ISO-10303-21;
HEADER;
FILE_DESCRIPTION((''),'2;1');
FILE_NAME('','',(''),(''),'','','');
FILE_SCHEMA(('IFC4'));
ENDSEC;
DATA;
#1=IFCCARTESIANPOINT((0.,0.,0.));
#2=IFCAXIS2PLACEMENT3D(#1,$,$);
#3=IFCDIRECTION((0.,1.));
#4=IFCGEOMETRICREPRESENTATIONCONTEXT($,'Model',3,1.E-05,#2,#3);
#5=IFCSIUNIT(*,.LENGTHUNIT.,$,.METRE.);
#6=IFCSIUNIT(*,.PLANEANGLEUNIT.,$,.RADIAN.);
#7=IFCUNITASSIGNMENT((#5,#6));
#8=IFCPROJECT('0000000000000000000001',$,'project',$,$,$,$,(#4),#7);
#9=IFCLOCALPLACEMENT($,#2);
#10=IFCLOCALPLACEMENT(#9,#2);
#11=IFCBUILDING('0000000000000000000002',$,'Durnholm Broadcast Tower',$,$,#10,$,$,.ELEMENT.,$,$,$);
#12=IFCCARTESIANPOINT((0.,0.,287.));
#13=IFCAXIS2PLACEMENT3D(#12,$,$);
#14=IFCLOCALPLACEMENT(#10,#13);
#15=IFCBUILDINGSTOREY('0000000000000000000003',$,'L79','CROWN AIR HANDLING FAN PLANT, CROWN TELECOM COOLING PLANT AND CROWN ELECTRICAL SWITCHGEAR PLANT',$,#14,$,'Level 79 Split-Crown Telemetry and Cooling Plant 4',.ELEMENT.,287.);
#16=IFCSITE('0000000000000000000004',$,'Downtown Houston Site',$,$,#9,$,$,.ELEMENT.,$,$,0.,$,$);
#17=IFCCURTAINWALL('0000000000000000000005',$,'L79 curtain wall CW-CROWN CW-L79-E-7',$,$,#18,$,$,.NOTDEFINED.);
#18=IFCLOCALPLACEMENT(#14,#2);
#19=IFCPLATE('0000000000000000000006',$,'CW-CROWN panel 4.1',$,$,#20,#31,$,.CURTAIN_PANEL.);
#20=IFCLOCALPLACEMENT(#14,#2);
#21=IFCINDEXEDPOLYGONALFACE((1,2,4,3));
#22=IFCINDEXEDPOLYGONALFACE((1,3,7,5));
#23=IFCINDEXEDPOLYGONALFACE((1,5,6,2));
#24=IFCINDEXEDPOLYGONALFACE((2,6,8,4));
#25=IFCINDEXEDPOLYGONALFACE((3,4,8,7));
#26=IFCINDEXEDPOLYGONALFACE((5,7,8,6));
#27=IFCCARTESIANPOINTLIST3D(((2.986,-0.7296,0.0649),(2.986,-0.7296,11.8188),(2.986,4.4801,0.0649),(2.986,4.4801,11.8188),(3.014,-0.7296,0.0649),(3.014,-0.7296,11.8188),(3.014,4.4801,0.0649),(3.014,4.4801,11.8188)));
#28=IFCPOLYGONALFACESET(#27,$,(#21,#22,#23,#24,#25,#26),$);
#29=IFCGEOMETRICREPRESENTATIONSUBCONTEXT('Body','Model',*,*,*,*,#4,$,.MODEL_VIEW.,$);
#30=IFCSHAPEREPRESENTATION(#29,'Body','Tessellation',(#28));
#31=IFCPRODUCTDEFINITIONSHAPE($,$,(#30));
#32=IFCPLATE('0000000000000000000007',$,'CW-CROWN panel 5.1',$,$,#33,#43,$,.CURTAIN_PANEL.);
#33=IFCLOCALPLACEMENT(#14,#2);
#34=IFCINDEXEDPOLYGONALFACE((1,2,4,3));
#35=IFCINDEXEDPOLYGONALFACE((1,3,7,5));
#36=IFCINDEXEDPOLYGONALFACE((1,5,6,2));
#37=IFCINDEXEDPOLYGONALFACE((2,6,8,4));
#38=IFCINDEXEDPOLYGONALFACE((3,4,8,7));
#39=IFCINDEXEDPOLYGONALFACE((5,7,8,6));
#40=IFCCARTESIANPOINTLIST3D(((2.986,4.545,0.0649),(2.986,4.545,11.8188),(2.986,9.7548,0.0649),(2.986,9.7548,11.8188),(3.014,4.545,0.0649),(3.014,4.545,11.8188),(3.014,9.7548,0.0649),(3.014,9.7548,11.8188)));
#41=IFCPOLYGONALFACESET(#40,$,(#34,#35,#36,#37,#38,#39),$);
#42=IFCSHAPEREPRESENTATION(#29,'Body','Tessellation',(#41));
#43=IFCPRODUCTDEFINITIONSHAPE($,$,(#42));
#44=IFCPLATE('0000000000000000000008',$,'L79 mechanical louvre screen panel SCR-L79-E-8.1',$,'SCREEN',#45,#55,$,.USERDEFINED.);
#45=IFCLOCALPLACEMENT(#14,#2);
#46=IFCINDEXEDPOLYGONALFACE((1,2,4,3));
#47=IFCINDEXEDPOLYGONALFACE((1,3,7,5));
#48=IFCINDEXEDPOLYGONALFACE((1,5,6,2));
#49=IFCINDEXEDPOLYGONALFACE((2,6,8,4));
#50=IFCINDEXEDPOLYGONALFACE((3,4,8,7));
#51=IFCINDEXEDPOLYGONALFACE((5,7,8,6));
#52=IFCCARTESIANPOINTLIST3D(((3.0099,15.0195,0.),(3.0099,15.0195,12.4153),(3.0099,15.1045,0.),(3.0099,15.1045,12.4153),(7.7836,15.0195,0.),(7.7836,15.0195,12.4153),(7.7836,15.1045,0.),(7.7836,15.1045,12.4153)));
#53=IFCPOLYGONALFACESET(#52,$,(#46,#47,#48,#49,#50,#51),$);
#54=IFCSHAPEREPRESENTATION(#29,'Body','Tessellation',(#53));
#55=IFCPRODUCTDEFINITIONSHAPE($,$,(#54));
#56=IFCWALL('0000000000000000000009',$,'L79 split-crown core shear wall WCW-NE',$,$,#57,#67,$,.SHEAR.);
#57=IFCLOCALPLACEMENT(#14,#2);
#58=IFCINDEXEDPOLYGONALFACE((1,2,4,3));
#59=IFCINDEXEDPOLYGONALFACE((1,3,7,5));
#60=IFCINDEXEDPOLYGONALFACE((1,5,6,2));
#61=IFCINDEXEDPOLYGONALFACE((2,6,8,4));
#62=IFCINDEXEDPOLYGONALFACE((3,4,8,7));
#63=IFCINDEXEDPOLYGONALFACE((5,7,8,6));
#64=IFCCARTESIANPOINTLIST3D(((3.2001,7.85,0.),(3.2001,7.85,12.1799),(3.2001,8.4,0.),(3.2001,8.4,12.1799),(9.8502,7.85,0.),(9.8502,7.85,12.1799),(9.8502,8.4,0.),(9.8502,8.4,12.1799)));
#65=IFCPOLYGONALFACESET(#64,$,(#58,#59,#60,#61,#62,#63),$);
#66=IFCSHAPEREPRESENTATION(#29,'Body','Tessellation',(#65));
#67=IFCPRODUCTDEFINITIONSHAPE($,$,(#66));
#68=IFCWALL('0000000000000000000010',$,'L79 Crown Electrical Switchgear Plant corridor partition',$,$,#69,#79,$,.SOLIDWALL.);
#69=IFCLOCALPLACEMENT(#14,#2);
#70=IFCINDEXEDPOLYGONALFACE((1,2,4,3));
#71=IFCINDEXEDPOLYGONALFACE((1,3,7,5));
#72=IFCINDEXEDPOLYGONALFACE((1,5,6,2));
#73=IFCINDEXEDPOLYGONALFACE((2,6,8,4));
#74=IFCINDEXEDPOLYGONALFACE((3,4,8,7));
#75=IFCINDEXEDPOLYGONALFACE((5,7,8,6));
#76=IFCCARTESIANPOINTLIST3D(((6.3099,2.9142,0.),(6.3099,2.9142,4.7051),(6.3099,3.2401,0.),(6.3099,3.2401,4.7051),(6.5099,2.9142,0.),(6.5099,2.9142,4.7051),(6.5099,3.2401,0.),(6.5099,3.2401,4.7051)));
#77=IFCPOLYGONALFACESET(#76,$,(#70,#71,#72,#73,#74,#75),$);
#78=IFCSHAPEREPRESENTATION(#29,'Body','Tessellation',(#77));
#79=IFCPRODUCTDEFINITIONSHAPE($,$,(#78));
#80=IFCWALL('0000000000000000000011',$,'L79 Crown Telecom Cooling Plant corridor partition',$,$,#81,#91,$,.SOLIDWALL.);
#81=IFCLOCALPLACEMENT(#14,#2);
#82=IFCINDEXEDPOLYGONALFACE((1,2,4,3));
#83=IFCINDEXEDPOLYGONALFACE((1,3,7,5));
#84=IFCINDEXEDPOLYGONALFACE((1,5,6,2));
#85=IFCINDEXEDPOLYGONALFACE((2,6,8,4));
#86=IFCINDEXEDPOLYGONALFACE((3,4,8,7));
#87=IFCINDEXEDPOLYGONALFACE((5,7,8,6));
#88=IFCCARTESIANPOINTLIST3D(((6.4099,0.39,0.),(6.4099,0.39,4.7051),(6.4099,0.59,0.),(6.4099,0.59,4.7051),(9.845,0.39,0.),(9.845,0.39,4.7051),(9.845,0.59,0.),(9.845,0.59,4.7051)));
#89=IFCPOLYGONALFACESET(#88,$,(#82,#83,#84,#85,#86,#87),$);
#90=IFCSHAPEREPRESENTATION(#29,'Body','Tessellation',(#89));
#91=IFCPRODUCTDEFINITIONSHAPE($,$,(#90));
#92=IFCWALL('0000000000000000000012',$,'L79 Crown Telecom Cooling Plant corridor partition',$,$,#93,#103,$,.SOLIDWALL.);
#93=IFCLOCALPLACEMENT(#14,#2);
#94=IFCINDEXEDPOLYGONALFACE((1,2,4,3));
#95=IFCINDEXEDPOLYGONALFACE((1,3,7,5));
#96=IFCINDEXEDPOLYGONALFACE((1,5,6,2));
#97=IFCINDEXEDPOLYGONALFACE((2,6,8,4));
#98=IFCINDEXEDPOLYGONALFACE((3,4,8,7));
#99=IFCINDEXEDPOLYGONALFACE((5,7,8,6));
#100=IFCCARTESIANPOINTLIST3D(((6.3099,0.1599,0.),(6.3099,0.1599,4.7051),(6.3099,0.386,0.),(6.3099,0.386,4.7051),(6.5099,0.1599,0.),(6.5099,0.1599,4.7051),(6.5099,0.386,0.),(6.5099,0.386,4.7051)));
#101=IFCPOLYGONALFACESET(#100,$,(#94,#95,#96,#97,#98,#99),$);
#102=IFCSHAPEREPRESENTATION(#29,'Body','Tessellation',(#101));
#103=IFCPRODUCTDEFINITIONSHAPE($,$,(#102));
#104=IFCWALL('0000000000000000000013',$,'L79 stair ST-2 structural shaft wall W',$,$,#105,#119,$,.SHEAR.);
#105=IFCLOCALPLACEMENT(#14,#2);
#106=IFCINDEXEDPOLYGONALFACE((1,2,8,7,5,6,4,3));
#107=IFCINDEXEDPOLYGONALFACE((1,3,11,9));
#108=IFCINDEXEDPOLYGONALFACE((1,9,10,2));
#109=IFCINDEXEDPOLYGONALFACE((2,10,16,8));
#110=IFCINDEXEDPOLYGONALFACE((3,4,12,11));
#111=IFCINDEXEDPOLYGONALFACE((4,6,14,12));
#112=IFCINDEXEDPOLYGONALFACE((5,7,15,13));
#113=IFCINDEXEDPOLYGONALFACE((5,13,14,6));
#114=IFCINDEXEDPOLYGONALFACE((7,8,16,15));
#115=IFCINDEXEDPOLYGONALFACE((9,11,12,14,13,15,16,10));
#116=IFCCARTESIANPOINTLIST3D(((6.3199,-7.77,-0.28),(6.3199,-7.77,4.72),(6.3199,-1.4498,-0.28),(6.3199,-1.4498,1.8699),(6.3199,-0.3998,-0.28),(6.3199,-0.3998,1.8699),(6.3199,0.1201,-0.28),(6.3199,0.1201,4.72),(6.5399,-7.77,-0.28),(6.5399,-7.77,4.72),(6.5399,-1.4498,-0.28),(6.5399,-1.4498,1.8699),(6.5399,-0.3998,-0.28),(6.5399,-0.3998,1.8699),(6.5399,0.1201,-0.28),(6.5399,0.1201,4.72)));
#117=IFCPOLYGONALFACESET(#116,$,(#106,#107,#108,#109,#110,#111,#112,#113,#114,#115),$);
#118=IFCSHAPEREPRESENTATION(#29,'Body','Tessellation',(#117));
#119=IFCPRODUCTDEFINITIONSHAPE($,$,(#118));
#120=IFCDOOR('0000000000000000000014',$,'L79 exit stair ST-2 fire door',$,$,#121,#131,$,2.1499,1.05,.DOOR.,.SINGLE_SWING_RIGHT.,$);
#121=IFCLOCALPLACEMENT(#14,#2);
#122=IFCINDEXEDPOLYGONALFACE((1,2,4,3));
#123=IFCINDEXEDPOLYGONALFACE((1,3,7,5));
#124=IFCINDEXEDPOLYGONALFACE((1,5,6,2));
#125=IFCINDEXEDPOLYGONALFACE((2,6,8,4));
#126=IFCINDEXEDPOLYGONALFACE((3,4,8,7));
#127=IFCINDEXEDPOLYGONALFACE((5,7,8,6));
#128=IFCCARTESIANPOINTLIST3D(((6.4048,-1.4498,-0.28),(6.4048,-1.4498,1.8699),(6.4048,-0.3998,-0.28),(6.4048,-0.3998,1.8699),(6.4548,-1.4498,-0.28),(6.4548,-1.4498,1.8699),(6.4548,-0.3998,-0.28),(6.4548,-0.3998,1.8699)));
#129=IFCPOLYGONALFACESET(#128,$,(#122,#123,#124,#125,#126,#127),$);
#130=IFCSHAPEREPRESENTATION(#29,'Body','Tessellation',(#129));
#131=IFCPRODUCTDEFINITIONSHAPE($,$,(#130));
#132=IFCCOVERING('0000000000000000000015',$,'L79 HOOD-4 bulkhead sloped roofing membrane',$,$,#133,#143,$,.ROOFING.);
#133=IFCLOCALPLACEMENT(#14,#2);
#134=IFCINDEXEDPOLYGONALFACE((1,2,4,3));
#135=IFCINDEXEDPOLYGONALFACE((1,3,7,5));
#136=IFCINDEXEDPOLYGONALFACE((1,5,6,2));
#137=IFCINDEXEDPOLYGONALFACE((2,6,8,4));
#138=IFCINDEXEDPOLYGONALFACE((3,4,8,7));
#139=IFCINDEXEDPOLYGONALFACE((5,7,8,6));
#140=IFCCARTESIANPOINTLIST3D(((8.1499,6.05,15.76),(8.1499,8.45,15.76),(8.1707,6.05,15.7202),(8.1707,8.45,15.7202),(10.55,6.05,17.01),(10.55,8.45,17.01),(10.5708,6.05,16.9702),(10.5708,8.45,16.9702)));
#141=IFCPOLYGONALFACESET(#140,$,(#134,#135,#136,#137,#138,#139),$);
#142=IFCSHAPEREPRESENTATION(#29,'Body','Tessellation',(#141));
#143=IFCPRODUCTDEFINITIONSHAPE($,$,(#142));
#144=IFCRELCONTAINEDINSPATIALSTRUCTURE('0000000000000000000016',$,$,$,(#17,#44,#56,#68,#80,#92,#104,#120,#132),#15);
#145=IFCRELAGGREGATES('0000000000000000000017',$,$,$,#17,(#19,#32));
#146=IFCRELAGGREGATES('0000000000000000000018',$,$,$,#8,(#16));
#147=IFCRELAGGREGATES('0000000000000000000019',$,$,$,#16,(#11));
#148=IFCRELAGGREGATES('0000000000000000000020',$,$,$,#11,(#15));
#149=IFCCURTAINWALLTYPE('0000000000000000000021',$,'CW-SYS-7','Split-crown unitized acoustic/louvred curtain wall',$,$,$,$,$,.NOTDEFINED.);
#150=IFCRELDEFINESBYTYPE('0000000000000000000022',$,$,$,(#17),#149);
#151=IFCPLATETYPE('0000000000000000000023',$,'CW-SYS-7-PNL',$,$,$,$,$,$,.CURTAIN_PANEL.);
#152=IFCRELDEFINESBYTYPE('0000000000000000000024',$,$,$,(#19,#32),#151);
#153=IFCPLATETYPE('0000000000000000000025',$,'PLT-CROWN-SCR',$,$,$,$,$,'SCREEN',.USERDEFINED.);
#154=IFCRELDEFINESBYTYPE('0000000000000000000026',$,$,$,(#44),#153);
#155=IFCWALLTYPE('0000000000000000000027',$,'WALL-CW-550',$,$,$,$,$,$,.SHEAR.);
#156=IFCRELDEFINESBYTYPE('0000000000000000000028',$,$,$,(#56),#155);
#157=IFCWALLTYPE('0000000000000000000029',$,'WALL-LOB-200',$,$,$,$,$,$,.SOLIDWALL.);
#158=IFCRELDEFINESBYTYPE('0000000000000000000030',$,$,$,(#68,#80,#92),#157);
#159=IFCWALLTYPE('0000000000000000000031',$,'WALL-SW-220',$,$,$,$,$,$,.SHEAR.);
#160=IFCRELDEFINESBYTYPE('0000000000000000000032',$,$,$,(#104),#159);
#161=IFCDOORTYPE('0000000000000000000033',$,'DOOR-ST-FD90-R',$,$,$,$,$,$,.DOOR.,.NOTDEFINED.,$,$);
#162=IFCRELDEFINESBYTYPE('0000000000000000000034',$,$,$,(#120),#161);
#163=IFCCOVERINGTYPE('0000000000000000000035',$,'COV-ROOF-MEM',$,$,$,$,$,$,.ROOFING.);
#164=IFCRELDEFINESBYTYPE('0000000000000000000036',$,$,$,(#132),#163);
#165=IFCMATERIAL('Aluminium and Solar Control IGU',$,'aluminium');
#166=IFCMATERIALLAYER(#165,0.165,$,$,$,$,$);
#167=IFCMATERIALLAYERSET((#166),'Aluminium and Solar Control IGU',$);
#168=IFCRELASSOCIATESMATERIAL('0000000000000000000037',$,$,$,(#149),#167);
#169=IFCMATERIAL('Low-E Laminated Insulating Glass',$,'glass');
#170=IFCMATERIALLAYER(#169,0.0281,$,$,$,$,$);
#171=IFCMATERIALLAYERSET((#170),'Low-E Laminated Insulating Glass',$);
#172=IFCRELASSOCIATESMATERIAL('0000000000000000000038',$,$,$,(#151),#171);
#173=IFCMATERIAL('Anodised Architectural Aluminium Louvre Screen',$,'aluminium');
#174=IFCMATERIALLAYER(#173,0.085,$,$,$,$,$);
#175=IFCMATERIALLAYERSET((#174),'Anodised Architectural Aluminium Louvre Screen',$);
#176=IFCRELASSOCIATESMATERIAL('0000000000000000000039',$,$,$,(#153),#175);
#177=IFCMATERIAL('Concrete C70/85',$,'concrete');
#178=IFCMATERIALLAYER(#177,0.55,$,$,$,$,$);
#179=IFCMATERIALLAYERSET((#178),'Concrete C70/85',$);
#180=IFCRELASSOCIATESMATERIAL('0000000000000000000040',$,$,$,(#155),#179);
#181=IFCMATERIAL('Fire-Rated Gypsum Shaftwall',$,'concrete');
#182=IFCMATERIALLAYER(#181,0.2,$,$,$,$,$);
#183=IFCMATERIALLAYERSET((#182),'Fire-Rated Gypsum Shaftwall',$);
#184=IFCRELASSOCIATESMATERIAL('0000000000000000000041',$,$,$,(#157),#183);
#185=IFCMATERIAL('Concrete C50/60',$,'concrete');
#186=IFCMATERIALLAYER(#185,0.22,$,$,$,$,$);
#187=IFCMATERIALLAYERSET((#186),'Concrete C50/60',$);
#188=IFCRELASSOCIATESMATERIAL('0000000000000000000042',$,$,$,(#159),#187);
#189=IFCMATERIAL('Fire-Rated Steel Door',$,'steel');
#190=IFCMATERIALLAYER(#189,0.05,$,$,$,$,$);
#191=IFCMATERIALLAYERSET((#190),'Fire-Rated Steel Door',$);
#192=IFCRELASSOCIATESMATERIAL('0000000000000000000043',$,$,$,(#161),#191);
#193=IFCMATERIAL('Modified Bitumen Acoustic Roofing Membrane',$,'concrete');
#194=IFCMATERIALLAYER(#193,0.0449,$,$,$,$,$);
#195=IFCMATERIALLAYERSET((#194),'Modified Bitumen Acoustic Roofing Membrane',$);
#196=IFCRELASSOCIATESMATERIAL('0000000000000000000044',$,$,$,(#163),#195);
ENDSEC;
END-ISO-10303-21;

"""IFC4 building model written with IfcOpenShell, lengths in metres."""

from ifc_helpers import new_model, si_unit, direction, frame, frame_2d, origin, origin_2d, place, context, subcontext, project, spatial, polyline, rectangle, outline, extrude, source, transform, mapped, material, layer, layer_set, type_object, type_shapes, element, fill, aggregate, save


model = new_model("IFC4")

# Units and contexts
model_context = context("Model", 3, precision=1e-05, world=origin(), true_north=direction((0.0, 1.0)))
body_context = subcontext(model_context, "Body", "Model", "MODEL_VIEW")
ifc_project = project(units=[si_unit("LENGTHUNIT", "METRE"), si_unit("PLANEANGLEUNIT", "RADIAN")], contexts=[model_context])

# Site, building, storey
site_placement = place(None, origin())
site = spatial("IfcSite", under=ifc_project, at=site_placement, Name="Downtown Houston Site", CompositionType="ELEMENT", RefElevation=0.0)
building_placement = place(site_placement, origin())
building = spatial("IfcBuilding", under=site, at=building_placement, Name="Durnholm Broadcast Tower", CompositionType="ELEMENT")
storey_placement = place(building_placement, frame((0.0, 0.0, 287.0)))
storey = spatial("IfcBuildingStorey", under=building, at=storey_placement, Name="L79", Description="CROWN AIR HANDLING FAN PLANT, CROWN TELECOM COOLING PLANT AND CROWN ELECTRICAL SWITCHGEAR PLANT", LongName="Level 79 Split-Crown Telemetry and Cooling Plant 4", CompositionType="ELEMENT", Elevation=287.0)

# Curtain wall
ifc_material_1 = material(Name="Aluminium and Solar Control IGU", Category="aluminium")
ifc_layer_1 = layer(ifc_material_1, 0.165)
ifc_layer_set_1 = layer_set([ifc_layer_1], Name="Aluminium and Solar Control IGU")
curtain_wall_type = type_object("IfcCurtainWallType", Name="CW-SYS-7", Description="Split-crown unitized acoustic/louvred curtain wall", PredefinedType="NOTDEFINED", material=ifc_layer_set_1)
curtain_wall_placement = place(storey_placement, origin())
curtain_wall = element("IfcCurtainWall", 1, at=curtain_wall_placement, inside=storey, type_object=curtain_wall_type, Name="L79 curtain wall CW-CROWN CW-L79-E-7", PredefinedType="NOTDEFINED")

# Shared definitions
ifc_material_2 = material(Name="Concrete C50/60", Category="concrete")

# Plates
ifc_material_3 = material(Name="Low-E Laminated Insulating Glass", Category="glass")
ifc_layer_2 = layer(ifc_material_3, 0.0281)
ifc_layer_set_2 = layer_set([ifc_layer_2], Name="Low-E Laminated Insulating Glass")
plate_type_1 = type_object("IfcPlateType", Name="CW-SYS-7-PNL", PredefinedType="CURTAIN_PANEL", material=ifc_layer_set_2)
shared_shape_1 = source(origin(), body_context, "Body", "SweptSolid", [
    extrude(rectangle(XDim=5.2097, YDim=0.0281, at=origin_2d()), origin(), (0.0, 0.0, 1.0), 11.7539),
])
plate_1_placement = place(storey_placement, frame((3.0, 1.8752, 0.0649), z_axis=(0.0, 0.0, 1.0), x_axis=(0.0, 1.0, 0.0)))
plate_1 = element("IfcPlate", 2, at=plate_1_placement, type_object=plate_type_1, Name="CW-CROWN panel 4.1", PredefinedType="CURTAIN_PANEL", context=body_context, shape_type="MappedRepresentation", body=[
    mapped(shared_shape_1, transform((0.0, 0.0, 0.0), x_axis=(1.0, 0.0, 0.0), y_axis=(0.0, 1.0, 0.0), z_axis=(0.0, 0.0, 1.0), scale=1.0)),
])
plate_2_placement = place(storey_placement, frame((3.0, 7.1499, 0.0649), z_axis=(0.0, 0.0, 1.0), x_axis=(0.0, 1.0, 0.0)))
plate_2 = element("IfcPlate", 3, at=plate_2_placement, type_object=plate_type_1, Name="CW-CROWN panel 5.1", PredefinedType="CURTAIN_PANEL", context=body_context, shape_type="MappedRepresentation", body=[
    mapped(shared_shape_1, transform((0.0, 0.0, 0.0), x_axis=(1.0, 0.0, 0.0), y_axis=(0.0, 1.0, 0.0), z_axis=(0.0, 0.0, 1.0), scale=1.0)),
])
aggregate(curtain_wall, [plate_1, plate_2])
ifc_material_4 = material(Name="Anodised Architectural Aluminium Louvre Screen", Category="aluminium")
ifc_layer_3 = layer(ifc_material_4, 0.085)
ifc_layer_set_3 = layer_set([ifc_layer_3], Name="Anodised Architectural Aluminium Louvre Screen")
plate_type_2 = type_object("IfcPlateType", Name="PLT-CROWN-SCR", ElementType="SCREEN", PredefinedType="USERDEFINED", material=ifc_layer_set_3)
shared_shape_2 = source(origin(), body_context, "Body", "SweptSolid", [
    extrude(rectangle(XDim=4.7737, YDim=0.085, at=origin_2d()), origin(), (0.0, 0.0, 1.0), 12.4153),
])
type_shapes(plate_type_2, [shared_shape_2])
plate_3_placement = place(storey_placement, frame((5.3967, 15.062, 0.0), z_axis=(0.0, 0.0, 1.0), x_axis=(1.0, 0.0, 0.0)))
element("IfcPlate", 4, at=plate_3_placement, inside=storey, type_object=plate_type_2, Name="L79 mechanical louvre screen panel SCR-L79-E-8.1", ObjectType="SCREEN", PredefinedType="USERDEFINED", context=body_context, shape_type="MappedRepresentation", body=[
    mapped(shared_shape_2, transform((0.0, 0.0, 0.0), x_axis=(1.0, 0.0, 0.0), y_axis=(0.0, 1.0, 0.0), z_axis=(0.0, 0.0, 1.0), scale=1.0)),
])

# Walls
ifc_material_5 = material(Name="Concrete C70/85", Category="concrete")
ifc_layer_4 = layer(ifc_material_5, 0.55)
ifc_layer_set_4 = layer_set([ifc_layer_4], Name="Concrete C70/85")
wall_type_1 = type_object("IfcWallType", Name="WALL-CW-550", PredefinedType="SHEAR", material=ifc_layer_set_4)
wall_1_placement = place(storey_placement, frame((3.2, 8.125, 0.0), z_axis=(0.0, 0.0, 1.0), x_axis=(1.0, 0.0, 0.0)))
element("IfcWall", 5, at=wall_1_placement, inside=storey, type_object=wall_type_1, Name="L79 split-crown core shear wall WCW-NE", PredefinedType="SHEAR", context=body_context, shape_type="SweptSolid", body=[
    extrude(rectangle(XDim=6.6501, YDim=0.55, at=frame_2d((3.3252, 0.0))), origin(), (0.0, 0.0, 1.0), 12.1799),
])
ifc_material_6 = material(Name="Fire-Rated Gypsum Shaftwall", Category="concrete")
ifc_layer_5 = layer(ifc_material_6, 0.2)
ifc_layer_set_5 = layer_set([ifc_layer_5], Name="Fire-Rated Gypsum Shaftwall")
wall_type_2 = type_object("IfcWallType", Name="WALL-LOB-200", PredefinedType="SOLIDWALL", material=ifc_layer_set_5)
wall_2_placement = place(storey_placement, frame((6.4099, 2.9141, 0.0), z_axis=(0.0, 0.0, 1.0), x_axis=(0.0, 1.0, 0.0)))
element("IfcWall", 6, at=wall_2_placement, inside=storey, type_object=wall_type_2, Name="L79 Crown Electrical Switchgear Plant corridor partition", PredefinedType="SOLIDWALL", context=body_context, shape_type="SweptSolid", body=[
    extrude(rectangle(XDim=0.3259, YDim=0.2, at=frame_2d((0.1631, 0.0))), origin(), (0.0, 0.0, 1.0), 4.7051),
])
wall_3_placement = place(storey_placement, frame((6.4099, 0.49, 0.0), z_axis=(0.0, 0.0, 1.0), x_axis=(1.0, 0.0, 0.0)))
element("IfcWall", 7, at=wall_3_placement, inside=storey, type_object=wall_type_2, Name="L79 Crown Telecom Cooling Plant corridor partition", PredefinedType="SOLIDWALL", context=body_context, shape_type="SweptSolid", body=[
    extrude(rectangle(XDim=3.4351, YDim=0.2, at=frame_2d((1.7175, 0.0))), origin(), (0.0, 0.0, 1.0), 4.7051),
])
wall_4_placement = place(storey_placement, frame((6.4099, 0.1599, 0.0), z_axis=(0.0, 0.0, 1.0), x_axis=(0.0, 1.0, 0.0)))
element("IfcWall", 8, at=wall_4_placement, inside=storey, type_object=wall_type_2, Name="L79 Crown Telecom Cooling Plant corridor partition", PredefinedType="SOLIDWALL", context=body_context, shape_type="SweptSolid", body=[
    extrude(rectangle(XDim=0.2261, YDim=0.2, at=frame_2d((0.113, 0.0))), origin(), (0.0, 0.0, 1.0), 4.7051),
])

# Wall, opening, door
ifc_layer_6 = layer(ifc_material_2, 0.22)
ifc_layer_set_6 = layer_set([ifc_layer_6], Name="Concrete C50/60")
wall_type_3 = type_object("IfcWallType", Name="WALL-SW-220", PredefinedType="SHEAR", material=ifc_layer_set_6)
wall_5_placement = place(storey_placement, frame((6.4299, 0.1201, -0.28), z_axis=(0.0, 0.0, 1.0), x_axis=(0.0, -1.0, 0.0)))
wall_5 = element("IfcWall", 9, at=wall_5_placement, inside=storey, type_object=wall_type_3, Name="L79 stair ST-2 structural shaft wall W", PredefinedType="SHEAR", context=body_context, shape_type="SweptSolid", body=[
    extrude(rectangle(XDim=7.8901, YDim=0.22, at=frame_2d((3.9451, 0.0))), origin(), (0.0, 0.0, 1.0), 5.0),
])
opening_1_placement = place(wall_5_placement, frame((0.52, 0.0, 0.0)))
opening_1 = element("IfcOpeningElement", 10, at=opening_1_placement, cuts=wall_5, PredefinedType="OPENING", context=body_context, shape_type="SweptSolid", body=[
    extrude(rectangle(XDim=1.05, YDim=2.1499, at=frame_2d((0.5249, 1.075))), frame((0.0, 0.1201, 0.0), z_axis=(0.0, -1.0, 0.0), x_axis=(1.0, 0.0, 0.0)), (0.0, 0.0, 1.0), 0.24),
])
ifc_material_7 = material(Name="Fire-Rated Steel Door", Category="steel")
ifc_layer_7 = layer(ifc_material_7, 0.05)
ifc_layer_set_7 = layer_set([ifc_layer_7], Name="Fire-Rated Steel Door")
door_type = type_object("IfcDoorType", Name="DOOR-ST-FD90-R", OperationType="NOTDEFINED", PredefinedType="DOOR", material=ifc_layer_set_7)
shared_shape_3 = source(origin(), body_context, "Body", "SweptSolid", [
    extrude(rectangle(XDim=1.05, YDim=2.1499, at=frame_2d((0.5249, 1.075))), frame((0.0, 0.0249, 0.0), z_axis=(0.0, -1.0, 0.0), x_axis=(1.0, 0.0, 0.0)), (0.0, 0.0, 1.0), 0.05),
])
type_shapes(door_type, [shared_shape_3])
door_placement = place(opening_1_placement, origin())
door = element("IfcDoor", 11, at=door_placement, inside=storey, type_object=door_type, Name="L79 exit stair ST-2 fire door", OperationType="SINGLE_SWING_RIGHT", OverallHeight=2.1499, OverallWidth=1.05, PredefinedType="DOOR", context=body_context, shape_type="MappedRepresentation", body=[
    mapped(shared_shape_3, transform((0.0, 0.0, 0.0), x_axis=(1.0, 0.0, 0.0), y_axis=(0.0, 1.0, 0.0), z_axis=(0.0, 0.0, 1.0), scale=1.0)),
])
fill(opening_1, door)

# Covering
ifc_material_8 = material(Name="Modified Bitumen Acoustic Roofing Membrane", Category="concrete")
ifc_layer_8 = layer(ifc_material_8, 0.0449)
ifc_layer_set_8 = layer_set([ifc_layer_8], Name="Modified Bitumen Acoustic Roofing Membrane")
covering_type = type_object("IfcCoveringType", Name="COV-ROOF-MEM", PredefinedType="ROOFING", material=ifc_layer_set_8)
covering_placement = place(storey_placement, frame((8.1499, 6.05, 15.76), z_axis=(-0.461912, 0.0, 0.886926), x_axis=(0.886926, 0.0, 0.461912)))
element("IfcCovering", 12, at=covering_placement, inside=storey, type_object=covering_type, Name="L79 HOOD-4 bulkhead sloped roofing membrane", PredefinedType="ROOFING", context=body_context, shape_type="SweptSolid", body=[
    extrude(outline(polyline([(0.0, 0.0), (2.7061, 0.0), (2.7061, 2.3999), (0.0, 2.3999), (0.0, 0.0)])), origin(), (0.0, 0.0, -1.0), 0.0449),
])

save(model, "model.ifc")
